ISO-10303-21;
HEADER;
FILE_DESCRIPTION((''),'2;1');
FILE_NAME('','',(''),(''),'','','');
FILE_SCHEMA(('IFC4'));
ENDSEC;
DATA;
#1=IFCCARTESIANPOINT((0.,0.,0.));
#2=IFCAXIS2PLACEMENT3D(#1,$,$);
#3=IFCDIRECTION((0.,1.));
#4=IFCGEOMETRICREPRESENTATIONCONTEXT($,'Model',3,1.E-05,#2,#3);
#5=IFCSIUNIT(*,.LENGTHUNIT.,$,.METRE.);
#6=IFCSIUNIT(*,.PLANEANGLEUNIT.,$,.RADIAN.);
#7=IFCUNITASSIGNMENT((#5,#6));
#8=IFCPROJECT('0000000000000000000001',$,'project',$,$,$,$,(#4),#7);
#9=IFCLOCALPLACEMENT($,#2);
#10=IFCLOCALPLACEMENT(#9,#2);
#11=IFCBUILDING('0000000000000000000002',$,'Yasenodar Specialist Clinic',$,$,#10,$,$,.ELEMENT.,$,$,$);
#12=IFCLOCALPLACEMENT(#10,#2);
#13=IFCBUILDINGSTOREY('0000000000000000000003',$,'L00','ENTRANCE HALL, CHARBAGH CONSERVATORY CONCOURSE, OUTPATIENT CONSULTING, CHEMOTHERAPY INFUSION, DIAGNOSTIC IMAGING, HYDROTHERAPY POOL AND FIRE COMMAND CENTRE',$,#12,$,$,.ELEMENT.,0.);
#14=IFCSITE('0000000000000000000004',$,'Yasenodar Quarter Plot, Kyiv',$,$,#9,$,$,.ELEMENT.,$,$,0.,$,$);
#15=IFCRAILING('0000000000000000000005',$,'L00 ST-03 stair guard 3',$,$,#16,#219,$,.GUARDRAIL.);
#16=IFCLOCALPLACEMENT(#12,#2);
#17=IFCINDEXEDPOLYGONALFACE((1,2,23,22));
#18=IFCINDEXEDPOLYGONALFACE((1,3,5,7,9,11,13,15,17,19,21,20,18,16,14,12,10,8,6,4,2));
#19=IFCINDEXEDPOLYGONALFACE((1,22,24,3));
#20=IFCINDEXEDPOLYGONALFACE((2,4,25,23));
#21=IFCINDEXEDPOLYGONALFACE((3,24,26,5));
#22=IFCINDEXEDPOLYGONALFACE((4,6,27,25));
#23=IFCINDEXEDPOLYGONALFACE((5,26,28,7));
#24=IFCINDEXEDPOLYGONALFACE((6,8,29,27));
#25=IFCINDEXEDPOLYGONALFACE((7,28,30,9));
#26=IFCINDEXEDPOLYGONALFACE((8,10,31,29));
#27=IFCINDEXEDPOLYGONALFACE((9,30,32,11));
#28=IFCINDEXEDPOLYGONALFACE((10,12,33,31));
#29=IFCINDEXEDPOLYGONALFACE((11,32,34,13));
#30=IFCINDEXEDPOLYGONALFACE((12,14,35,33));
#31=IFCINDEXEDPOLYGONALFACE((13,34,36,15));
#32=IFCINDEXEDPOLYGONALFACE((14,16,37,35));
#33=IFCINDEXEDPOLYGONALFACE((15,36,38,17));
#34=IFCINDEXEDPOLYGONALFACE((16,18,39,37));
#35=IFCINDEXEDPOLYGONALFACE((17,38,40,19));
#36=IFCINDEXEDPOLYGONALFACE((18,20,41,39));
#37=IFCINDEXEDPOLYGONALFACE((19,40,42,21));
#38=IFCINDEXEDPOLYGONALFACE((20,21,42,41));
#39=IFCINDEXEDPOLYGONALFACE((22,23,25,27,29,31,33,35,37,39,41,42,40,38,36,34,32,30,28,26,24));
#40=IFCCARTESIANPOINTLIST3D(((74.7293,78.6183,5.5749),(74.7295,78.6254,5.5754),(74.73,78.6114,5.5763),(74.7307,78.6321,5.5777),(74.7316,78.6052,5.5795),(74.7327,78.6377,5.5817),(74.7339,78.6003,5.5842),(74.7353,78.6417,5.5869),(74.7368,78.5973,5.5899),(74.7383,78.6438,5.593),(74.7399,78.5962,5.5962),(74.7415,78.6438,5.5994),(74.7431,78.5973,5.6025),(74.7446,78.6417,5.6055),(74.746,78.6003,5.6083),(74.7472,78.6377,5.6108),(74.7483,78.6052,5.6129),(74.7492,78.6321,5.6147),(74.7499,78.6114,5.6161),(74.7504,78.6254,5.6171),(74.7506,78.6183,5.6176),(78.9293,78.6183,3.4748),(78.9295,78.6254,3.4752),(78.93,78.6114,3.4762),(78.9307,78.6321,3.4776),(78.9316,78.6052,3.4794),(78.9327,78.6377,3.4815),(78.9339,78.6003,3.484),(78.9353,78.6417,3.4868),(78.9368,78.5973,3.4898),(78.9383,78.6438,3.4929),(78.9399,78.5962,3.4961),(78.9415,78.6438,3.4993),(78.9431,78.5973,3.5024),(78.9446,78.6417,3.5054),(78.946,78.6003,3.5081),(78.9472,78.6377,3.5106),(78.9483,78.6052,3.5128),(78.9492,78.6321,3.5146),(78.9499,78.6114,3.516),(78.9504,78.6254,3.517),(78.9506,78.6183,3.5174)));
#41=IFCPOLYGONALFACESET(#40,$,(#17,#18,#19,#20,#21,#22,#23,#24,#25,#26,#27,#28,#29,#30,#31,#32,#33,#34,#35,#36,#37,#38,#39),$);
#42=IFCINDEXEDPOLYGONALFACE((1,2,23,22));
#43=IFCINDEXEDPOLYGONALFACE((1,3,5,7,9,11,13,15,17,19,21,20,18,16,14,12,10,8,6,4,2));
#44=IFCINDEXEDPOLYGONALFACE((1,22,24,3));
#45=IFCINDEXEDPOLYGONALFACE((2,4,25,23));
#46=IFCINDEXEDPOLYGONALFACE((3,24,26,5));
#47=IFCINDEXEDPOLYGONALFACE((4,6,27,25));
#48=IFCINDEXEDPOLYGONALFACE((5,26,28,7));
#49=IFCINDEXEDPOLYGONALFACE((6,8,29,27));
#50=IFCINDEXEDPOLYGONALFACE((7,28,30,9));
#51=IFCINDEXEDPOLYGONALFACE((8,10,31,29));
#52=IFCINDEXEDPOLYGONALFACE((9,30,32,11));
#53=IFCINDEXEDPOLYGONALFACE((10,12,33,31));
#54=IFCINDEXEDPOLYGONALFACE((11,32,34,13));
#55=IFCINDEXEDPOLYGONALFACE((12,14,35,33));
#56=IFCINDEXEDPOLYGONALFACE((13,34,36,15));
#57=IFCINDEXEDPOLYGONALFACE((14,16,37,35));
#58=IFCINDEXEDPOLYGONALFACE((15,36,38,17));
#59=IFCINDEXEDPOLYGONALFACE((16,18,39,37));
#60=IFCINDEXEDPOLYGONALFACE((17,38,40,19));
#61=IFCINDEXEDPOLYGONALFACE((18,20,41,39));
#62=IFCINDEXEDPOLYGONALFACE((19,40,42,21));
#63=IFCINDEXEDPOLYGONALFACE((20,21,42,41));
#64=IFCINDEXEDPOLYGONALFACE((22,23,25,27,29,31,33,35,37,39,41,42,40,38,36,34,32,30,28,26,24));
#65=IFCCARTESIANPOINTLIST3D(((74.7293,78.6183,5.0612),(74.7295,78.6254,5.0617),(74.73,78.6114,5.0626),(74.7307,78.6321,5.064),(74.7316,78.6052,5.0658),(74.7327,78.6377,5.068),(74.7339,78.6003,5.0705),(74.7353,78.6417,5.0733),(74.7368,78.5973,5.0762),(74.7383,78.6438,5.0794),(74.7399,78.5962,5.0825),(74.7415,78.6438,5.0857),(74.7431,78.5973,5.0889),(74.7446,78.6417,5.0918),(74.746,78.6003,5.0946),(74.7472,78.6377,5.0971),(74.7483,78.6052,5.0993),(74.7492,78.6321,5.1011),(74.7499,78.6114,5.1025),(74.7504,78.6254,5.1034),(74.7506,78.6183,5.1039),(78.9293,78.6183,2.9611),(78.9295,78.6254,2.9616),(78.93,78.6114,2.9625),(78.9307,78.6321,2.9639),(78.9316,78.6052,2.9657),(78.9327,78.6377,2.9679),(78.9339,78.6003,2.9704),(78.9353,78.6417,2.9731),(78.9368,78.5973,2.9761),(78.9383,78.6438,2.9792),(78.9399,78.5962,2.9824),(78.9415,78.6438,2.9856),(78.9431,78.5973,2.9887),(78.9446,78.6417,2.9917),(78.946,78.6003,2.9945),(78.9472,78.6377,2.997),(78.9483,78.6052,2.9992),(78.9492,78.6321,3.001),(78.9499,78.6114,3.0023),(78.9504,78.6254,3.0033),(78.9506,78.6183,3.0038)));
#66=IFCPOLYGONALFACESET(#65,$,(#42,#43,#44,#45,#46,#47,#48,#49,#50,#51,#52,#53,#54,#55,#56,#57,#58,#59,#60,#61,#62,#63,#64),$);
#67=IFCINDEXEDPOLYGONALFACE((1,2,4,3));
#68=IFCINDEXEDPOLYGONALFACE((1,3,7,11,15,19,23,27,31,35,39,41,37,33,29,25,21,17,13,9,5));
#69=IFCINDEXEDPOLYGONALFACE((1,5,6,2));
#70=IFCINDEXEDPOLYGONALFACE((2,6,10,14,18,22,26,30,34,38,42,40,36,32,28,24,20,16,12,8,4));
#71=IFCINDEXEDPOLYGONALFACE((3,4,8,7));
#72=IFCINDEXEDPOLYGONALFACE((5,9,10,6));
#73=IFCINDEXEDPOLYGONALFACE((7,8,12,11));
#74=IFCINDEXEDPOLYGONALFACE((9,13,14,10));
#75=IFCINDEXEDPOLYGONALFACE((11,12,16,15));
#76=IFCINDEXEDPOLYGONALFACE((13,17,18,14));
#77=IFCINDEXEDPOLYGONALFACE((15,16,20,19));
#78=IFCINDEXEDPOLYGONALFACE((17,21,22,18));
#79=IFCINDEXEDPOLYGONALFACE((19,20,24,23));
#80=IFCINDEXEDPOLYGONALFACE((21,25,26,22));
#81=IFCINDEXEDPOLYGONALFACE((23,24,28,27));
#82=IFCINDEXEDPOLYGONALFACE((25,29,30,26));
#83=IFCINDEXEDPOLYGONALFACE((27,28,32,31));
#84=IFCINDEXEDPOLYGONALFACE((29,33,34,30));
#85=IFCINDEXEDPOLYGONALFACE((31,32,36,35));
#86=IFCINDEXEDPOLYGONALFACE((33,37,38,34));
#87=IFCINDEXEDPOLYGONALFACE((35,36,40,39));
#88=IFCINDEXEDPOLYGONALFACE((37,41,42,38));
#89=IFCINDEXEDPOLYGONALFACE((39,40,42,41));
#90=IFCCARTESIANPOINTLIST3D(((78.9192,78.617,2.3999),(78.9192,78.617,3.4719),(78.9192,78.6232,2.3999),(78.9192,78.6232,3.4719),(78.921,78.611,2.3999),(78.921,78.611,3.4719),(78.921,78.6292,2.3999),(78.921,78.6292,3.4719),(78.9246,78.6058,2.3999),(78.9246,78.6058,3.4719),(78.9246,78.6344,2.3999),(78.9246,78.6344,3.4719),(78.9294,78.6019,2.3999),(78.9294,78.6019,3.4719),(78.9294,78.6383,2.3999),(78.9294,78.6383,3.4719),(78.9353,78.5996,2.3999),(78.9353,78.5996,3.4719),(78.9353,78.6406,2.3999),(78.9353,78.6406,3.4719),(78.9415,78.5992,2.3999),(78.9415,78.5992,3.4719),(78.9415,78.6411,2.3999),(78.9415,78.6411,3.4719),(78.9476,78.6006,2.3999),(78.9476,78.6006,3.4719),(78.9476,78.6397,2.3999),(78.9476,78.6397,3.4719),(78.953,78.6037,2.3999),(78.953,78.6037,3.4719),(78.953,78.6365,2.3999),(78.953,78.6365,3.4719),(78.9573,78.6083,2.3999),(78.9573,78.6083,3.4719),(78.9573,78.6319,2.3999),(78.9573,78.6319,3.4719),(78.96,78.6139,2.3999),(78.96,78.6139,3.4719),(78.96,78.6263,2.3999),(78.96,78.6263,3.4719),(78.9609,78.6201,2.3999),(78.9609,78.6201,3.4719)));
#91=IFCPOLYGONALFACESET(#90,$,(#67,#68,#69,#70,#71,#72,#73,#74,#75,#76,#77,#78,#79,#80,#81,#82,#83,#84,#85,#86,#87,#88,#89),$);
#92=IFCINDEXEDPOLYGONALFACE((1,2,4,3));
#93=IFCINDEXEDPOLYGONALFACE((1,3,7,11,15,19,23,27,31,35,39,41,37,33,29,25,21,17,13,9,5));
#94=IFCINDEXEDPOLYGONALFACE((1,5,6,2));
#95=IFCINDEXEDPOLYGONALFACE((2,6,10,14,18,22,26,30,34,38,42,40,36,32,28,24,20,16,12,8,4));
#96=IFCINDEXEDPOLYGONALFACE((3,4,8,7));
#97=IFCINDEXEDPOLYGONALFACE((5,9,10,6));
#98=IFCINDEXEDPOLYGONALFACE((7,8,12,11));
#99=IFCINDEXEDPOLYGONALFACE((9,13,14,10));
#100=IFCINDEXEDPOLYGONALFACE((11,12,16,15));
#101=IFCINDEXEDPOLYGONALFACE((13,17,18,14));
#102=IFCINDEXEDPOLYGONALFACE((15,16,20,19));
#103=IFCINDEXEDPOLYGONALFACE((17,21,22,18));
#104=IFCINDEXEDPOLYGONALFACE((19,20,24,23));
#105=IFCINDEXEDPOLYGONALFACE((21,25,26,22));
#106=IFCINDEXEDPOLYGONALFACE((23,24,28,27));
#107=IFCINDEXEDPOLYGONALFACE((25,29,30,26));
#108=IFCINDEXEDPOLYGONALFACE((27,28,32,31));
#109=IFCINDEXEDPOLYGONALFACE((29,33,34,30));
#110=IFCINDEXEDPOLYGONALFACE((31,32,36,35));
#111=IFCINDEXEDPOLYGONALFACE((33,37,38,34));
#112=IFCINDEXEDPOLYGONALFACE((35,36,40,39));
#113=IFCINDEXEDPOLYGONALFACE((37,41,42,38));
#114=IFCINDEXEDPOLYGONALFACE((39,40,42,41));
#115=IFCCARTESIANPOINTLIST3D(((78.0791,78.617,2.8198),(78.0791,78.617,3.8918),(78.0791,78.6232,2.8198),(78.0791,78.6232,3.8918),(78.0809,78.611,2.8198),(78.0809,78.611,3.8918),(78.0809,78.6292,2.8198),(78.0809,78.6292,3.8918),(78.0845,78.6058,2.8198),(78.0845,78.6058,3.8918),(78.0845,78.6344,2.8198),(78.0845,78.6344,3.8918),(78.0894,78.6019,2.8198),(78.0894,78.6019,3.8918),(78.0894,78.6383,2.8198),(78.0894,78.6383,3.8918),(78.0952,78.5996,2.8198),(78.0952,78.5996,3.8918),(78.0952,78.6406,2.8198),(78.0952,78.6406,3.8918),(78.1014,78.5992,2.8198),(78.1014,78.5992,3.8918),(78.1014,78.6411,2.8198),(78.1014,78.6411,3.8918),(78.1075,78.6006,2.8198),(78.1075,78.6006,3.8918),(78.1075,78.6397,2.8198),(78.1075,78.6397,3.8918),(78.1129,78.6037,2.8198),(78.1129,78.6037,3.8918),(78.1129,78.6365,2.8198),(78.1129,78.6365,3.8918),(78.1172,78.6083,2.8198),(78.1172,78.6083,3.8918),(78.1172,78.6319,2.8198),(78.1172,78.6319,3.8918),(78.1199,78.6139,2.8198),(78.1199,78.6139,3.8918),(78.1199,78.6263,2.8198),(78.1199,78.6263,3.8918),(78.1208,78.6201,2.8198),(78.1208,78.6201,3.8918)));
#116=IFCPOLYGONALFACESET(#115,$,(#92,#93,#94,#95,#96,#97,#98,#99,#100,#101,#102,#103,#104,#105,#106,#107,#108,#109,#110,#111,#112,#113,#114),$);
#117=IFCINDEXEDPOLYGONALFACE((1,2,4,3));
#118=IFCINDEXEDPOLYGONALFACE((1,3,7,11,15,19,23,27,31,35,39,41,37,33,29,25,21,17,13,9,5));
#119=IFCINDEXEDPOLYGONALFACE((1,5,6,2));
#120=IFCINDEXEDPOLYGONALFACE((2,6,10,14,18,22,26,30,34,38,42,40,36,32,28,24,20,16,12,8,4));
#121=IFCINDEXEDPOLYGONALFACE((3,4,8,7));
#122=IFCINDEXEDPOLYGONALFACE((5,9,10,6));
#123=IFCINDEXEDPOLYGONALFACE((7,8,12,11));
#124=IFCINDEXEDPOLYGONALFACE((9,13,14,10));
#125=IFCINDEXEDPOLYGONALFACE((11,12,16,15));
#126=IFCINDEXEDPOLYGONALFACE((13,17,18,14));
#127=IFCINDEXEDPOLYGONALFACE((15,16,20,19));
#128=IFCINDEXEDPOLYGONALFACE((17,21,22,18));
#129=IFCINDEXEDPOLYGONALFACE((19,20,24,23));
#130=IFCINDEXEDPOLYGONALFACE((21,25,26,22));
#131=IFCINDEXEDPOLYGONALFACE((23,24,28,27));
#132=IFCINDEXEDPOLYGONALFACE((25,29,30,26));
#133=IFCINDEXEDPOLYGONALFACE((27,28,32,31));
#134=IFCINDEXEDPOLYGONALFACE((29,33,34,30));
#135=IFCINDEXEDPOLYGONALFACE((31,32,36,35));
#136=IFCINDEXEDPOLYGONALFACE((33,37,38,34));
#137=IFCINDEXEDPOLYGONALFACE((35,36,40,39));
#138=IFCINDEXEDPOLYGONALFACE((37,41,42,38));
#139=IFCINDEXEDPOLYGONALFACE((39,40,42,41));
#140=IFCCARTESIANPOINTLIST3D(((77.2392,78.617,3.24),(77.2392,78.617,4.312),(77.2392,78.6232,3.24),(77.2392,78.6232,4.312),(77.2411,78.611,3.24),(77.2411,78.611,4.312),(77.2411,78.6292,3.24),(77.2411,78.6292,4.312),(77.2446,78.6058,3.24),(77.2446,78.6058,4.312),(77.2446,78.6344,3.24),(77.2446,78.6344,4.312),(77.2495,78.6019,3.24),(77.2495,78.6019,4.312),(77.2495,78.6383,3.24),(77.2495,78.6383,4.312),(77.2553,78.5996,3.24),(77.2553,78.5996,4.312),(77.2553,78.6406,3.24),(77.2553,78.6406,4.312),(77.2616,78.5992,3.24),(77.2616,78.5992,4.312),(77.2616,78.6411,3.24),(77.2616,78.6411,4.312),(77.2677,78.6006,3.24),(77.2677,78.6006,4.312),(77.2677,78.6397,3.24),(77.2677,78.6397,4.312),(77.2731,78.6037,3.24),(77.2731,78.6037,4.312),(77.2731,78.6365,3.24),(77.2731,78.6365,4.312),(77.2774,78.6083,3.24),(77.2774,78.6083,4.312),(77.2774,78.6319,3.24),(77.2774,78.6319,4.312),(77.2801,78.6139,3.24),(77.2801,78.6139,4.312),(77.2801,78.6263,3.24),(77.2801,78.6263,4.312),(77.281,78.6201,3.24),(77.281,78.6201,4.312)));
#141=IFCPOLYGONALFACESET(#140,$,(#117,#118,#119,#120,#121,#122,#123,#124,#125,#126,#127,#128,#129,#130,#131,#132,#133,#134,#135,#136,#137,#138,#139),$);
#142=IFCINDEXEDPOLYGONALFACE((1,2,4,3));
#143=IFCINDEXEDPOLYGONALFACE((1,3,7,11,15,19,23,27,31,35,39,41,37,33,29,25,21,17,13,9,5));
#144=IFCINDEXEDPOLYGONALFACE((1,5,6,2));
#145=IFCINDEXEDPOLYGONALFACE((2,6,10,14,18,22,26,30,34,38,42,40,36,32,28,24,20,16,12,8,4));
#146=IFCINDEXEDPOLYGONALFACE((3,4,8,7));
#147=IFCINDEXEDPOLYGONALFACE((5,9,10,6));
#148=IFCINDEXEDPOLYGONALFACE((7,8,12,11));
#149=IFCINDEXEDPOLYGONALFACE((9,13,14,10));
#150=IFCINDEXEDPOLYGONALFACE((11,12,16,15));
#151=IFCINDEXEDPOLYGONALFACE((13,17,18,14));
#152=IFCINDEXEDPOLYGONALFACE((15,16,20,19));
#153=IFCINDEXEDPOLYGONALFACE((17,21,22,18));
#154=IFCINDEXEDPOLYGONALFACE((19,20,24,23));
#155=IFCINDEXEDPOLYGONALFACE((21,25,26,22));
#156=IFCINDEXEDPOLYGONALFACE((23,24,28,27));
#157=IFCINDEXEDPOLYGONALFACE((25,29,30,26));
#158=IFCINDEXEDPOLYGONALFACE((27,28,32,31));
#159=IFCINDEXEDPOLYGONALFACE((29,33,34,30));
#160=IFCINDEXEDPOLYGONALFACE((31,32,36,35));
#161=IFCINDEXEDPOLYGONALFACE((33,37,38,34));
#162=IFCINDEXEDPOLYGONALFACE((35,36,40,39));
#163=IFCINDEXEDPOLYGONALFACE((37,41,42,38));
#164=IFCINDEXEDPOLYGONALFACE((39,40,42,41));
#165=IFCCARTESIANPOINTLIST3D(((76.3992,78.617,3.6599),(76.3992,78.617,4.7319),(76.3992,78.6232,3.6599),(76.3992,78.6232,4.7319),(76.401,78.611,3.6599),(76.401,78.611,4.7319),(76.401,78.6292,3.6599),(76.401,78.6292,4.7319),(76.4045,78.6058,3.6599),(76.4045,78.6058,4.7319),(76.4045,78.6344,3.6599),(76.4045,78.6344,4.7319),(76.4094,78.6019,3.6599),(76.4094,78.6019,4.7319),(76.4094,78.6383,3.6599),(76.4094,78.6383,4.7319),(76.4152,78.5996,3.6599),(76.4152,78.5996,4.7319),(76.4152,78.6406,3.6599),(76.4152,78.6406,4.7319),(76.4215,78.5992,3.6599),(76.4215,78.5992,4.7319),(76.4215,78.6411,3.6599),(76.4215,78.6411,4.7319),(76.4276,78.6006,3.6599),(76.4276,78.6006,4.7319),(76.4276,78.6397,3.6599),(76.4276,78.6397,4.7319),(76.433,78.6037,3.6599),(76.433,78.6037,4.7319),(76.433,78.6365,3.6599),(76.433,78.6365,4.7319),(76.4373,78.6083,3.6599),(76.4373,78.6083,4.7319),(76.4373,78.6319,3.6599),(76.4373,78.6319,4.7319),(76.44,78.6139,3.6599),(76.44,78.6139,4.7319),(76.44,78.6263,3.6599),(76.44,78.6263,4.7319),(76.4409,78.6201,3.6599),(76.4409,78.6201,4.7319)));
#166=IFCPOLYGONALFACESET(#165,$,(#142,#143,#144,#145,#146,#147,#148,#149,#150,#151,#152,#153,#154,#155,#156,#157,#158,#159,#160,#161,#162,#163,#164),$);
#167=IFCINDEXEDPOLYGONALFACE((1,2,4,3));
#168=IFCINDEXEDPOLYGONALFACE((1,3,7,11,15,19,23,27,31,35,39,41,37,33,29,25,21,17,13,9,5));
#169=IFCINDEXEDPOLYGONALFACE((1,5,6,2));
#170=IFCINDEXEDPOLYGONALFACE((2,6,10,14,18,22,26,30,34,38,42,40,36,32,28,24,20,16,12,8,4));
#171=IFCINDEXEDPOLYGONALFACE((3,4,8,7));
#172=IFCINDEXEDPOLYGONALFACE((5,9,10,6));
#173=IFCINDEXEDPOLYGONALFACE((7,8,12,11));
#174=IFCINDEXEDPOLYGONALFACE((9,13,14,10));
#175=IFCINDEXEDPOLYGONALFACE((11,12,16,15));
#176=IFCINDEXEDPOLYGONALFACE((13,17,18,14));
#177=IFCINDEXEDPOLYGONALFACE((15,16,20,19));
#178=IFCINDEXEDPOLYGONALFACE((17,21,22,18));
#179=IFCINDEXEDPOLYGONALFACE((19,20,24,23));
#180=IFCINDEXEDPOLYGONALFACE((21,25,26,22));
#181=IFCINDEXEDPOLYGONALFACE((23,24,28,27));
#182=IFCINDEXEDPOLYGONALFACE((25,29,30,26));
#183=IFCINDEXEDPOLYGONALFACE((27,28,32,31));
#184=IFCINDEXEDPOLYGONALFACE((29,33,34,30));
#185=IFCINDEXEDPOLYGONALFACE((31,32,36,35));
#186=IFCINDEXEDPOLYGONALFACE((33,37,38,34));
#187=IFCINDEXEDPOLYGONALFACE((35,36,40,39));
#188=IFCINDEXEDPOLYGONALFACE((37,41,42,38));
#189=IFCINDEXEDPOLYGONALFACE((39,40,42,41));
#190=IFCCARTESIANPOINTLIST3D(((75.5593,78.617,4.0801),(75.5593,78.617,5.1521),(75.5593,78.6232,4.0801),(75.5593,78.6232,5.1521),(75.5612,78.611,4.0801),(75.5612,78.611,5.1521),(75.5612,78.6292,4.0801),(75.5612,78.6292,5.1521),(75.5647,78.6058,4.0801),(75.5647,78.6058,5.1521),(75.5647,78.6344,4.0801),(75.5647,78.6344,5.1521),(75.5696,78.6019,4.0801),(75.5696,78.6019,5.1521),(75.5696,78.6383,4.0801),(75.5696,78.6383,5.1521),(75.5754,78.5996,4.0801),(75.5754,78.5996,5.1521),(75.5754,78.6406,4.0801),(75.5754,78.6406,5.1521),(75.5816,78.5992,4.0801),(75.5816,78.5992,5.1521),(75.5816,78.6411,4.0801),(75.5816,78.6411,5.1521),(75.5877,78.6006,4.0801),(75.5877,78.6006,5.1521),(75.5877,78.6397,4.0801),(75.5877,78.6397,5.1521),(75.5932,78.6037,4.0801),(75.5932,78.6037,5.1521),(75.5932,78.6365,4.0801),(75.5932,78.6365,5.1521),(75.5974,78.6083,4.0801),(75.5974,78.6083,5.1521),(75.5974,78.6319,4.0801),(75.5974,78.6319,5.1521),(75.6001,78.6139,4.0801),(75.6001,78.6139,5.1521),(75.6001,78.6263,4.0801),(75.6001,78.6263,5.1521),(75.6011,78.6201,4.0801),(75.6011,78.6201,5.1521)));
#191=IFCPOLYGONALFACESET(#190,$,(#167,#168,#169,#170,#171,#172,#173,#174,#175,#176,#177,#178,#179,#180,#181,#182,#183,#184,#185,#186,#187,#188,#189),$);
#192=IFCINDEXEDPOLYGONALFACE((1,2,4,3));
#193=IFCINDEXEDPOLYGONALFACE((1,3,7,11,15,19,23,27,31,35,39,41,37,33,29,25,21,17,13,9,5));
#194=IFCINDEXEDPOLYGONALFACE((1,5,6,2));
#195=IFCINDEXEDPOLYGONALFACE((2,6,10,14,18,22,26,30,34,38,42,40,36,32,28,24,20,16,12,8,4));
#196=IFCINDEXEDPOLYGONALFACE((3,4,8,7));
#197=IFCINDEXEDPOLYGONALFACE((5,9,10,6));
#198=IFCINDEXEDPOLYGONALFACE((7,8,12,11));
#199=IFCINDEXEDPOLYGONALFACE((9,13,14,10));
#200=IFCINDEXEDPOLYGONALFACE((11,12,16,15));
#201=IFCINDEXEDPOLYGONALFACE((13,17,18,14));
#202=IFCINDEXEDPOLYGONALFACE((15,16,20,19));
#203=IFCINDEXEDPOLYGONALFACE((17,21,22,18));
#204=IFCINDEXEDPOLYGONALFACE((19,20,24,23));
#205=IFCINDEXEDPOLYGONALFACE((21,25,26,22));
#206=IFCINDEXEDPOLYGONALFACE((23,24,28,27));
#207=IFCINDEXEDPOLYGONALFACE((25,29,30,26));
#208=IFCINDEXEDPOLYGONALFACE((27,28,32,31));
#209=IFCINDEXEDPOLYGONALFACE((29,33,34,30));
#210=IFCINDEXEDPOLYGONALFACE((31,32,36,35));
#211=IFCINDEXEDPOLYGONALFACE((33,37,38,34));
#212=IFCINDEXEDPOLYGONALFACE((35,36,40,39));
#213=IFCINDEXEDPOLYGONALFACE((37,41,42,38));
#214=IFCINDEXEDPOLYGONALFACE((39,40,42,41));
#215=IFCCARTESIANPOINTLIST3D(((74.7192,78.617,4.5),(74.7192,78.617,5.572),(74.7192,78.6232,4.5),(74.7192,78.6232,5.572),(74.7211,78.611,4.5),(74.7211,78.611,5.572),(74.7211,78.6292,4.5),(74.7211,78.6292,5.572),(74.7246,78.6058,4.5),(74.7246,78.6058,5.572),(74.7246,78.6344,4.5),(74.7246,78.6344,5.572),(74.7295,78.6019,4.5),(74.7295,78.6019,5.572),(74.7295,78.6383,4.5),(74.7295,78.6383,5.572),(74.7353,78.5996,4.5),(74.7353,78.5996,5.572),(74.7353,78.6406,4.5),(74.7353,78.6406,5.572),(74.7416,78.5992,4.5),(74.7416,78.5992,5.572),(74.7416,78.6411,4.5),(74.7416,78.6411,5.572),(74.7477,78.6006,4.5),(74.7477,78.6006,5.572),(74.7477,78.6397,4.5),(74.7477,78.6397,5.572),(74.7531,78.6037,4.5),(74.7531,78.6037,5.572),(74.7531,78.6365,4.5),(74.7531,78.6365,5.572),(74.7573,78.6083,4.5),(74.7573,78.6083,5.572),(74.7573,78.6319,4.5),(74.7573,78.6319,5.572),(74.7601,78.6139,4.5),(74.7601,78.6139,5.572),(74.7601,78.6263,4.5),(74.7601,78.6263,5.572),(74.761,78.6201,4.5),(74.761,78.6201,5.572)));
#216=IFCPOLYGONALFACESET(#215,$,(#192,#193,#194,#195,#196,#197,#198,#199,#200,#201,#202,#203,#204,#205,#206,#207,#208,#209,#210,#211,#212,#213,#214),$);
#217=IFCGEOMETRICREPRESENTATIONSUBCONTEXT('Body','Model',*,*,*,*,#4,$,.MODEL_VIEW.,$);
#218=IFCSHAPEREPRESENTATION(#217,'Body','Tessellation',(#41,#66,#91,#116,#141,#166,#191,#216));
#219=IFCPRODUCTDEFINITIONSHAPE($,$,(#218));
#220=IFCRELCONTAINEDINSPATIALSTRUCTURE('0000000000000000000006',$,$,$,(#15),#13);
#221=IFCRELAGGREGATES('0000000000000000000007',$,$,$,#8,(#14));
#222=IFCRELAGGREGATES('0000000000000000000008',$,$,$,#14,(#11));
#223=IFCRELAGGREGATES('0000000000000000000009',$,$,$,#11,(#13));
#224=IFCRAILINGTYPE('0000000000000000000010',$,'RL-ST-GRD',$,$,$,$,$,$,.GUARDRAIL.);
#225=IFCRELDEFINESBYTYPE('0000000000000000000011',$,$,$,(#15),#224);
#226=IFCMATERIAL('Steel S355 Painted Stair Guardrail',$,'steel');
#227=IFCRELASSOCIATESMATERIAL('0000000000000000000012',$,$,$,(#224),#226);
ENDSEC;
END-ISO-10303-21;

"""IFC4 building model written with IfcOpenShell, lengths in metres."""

from ifc_helpers import new_model, si_unit, direction, frame, origin, origin_2d, place, context, subcontext, project, spatial, circle, extrude, material, type_object, element, save


model = new_model("IFC4")

# Units and contexts
model_context = context("Model", 3, precision=1e-05, world=origin(), true_north=direction((0.0, 1.0)))
body_context = subcontext(model_context, "Body", "Model", "MODEL_VIEW")
ifc_project = project(units=[si_unit("LENGTHUNIT", "METRE"), si_unit("PLANEANGLEUNIT", "RADIAN")], contexts=[model_context])

# Site, building, storey
site_placement = place(None, origin())
site = spatial("IfcSite", under=ifc_project, at=site_placement, Name="Yasenodar Quarter Plot, Kyiv", CompositionType="ELEMENT", RefElevation=0.0)
building_placement = place(site_placement, origin())
building = spatial("IfcBuilding", under=site, at=building_placement, Name="Yasenodar Specialist Clinic", CompositionType="ELEMENT")
storey_placement = place(building_placement, origin())
storey = spatial("IfcBuildingStorey", under=building, at=storey_placement, Name="L00", Description="ENTRANCE HALL, CHARBAGH CONSERVATORY CONCOURSE, OUTPATIENT CONSULTING, CHEMOTHERAPY INFUSION, DIAGNOSTIC IMAGING, HYDROTHERAPY POOL AND FIRE COMMAND CENTRE", CompositionType="ELEMENT", Elevation=0.0)

# Railing
ifc_material_1 = material(Name="Steel S355 Painted Stair Guardrail", Category="steel")
railing_type = type_object("IfcRailingType", Name="RL-ST-GRD", PredefinedType="GUARDRAIL", material=ifc_material_1)
railing_1_placement = place(storey_placement, frame((78.9399, 78.6201, 2.3999)))
element("IfcRailing", 1, at=railing_1_placement, inside=storey, type_object=railing_type, Name="L00 ST-03 stair guard 3", PredefinedType="GUARDRAIL", context=body_context, shape_type="SweptSolid", body=[
    extrude(circle(Radius=0.0239, at=origin_2d()), frame((0.0, 0.0, 1.0962), z_axis=(-0.894417, 0.0, 0.447234), x_axis=(0.0, -1.0, 0.0)), (0.0, 0.0, 1.0), 4.6958),
    extrude(circle(Radius=0.0239, at=origin_2d()), frame((0.0, 0.0, 0.5825), z_axis=(-0.894417, 0.0, 0.447234), x_axis=(0.0, -1.0, 0.0)), (0.0, 0.0, 1.0), 4.6958),
    extrude(circle(Radius=0.021, at=origin_2d()), origin(), (0.0, 0.0, 1.0), 1.072),
    extrude(circle(Radius=0.021, at=origin_2d()), frame((-0.8401, 0.0, 0.4199)), (0.0, 0.0, 1.0), 1.072),
    extrude(circle(Radius=0.021, at=origin_2d()), frame((-1.6799, 0.0, 0.8401)), (0.0, 0.0, 1.0), 1.072),
    extrude(circle(Radius=0.021, at=origin_2d()), frame((-2.52, 0.0, 1.26)), (0.0, 0.0, 1.0), 1.072),
    extrude(circle(Radius=0.021, at=origin_2d()), frame((-3.3599, 0.0, 1.6802)), (0.0, 0.0, 1.0), 1.072),
    extrude(circle(Radius=0.021, at=origin_2d()), frame((-4.2, 0.0, 2.1001)), (0.0, 0.0, 1.0), 1.072),
])

save(model, "model.ifc")
